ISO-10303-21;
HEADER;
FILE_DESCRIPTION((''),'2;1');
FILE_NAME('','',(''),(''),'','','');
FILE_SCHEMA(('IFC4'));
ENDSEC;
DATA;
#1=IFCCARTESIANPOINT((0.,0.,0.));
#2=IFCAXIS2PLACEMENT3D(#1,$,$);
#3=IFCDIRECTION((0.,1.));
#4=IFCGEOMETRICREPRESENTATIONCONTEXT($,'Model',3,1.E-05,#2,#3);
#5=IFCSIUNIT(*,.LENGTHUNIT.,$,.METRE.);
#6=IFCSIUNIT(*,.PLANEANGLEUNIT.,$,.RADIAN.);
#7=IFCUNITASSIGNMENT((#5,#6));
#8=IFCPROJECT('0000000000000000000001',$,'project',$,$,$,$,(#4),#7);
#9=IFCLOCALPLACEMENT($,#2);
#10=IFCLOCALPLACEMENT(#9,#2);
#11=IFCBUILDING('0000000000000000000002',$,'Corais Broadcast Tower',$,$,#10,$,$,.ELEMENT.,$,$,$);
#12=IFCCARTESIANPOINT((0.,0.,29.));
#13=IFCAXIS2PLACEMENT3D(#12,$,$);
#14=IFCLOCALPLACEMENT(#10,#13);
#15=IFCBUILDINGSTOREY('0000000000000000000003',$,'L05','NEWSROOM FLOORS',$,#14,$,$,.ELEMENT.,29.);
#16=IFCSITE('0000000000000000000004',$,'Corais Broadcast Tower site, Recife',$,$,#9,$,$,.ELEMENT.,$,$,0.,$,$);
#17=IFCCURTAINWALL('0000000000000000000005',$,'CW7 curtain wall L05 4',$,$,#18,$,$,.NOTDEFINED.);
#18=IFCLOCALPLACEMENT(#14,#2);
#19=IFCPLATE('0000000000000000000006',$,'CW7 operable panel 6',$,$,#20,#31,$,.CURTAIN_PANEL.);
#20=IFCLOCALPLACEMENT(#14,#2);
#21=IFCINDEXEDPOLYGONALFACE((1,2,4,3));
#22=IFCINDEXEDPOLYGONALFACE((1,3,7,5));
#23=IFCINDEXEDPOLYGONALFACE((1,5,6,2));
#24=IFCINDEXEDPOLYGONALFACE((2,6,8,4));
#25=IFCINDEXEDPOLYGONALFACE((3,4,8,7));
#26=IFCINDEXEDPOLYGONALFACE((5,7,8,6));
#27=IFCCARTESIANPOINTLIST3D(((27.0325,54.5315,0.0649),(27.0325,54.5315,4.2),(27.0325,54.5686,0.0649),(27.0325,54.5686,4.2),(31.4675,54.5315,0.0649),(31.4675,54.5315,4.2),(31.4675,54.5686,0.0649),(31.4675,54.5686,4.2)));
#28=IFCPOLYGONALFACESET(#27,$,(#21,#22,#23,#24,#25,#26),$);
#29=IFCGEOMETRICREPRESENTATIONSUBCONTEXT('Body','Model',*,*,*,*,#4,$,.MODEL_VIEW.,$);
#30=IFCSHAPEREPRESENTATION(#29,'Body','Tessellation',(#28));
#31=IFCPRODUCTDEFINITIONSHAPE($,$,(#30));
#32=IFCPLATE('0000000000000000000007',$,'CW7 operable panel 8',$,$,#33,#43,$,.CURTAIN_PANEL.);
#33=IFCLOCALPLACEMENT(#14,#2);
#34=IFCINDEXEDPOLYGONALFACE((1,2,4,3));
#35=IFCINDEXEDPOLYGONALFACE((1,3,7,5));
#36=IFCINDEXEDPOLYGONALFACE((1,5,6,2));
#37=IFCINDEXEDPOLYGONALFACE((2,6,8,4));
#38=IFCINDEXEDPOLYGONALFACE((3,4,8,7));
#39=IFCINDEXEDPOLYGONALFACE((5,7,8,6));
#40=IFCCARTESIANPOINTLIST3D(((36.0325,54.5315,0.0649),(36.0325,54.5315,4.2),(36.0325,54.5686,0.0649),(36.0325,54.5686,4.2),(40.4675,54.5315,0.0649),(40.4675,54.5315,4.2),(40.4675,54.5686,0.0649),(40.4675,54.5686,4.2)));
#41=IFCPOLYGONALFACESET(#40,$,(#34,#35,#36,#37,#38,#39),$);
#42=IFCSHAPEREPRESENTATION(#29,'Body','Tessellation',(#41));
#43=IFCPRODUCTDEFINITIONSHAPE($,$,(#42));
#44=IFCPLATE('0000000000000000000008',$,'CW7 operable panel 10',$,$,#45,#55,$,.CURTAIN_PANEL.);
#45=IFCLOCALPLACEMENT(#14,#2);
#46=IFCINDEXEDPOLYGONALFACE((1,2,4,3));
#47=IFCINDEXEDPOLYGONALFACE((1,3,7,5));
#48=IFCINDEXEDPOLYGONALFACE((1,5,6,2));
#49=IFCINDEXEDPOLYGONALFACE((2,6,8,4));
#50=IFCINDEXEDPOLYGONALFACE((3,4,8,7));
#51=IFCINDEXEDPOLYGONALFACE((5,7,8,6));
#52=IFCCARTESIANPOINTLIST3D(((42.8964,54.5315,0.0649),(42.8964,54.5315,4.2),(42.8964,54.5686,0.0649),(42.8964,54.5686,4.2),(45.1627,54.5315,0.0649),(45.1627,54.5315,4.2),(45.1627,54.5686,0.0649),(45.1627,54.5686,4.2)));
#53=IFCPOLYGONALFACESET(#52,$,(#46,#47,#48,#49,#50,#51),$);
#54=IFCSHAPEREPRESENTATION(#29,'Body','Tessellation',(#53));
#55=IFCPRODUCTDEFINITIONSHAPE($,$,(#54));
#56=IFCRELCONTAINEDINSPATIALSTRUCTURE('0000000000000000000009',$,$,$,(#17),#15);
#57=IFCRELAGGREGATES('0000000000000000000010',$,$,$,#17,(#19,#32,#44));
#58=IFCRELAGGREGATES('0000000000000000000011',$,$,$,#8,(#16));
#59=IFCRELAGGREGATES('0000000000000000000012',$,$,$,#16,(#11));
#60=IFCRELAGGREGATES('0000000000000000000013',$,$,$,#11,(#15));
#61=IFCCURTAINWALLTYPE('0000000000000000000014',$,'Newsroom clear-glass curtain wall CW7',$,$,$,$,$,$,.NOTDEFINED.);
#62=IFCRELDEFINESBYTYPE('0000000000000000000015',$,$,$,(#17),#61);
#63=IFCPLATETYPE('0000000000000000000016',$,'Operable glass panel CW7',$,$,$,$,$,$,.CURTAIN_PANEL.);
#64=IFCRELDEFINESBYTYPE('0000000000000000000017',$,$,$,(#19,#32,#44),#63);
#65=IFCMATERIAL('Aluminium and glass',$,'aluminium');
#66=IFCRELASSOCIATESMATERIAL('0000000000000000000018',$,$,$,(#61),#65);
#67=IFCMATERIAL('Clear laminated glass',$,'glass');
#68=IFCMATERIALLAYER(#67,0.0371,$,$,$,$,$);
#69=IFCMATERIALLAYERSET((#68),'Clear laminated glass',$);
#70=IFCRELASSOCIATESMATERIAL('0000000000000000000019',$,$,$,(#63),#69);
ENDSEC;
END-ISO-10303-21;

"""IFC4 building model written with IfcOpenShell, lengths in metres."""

from ifc_helpers import new_model, si_unit, direction, frame, origin, origin_2d, place, context, subcontext, project, spatial, rectangle, extrude, material, layer, layer_set, type_object, element, aggregate, save


model = new_model("IFC4")

# Units and contexts
model_context = context("Model", 3, precision=1e-05, world=origin(), true_north=direction((0.0, 1.0)))
body_context = subcontext(model_context, "Body", "Model", "MODEL_VIEW")
ifc_project = project(units=[si_unit("LENGTHUNIT", "METRE"), si_unit("PLANEANGLEUNIT", "RADIAN")], contexts=[model_context])

# Site, building, storey
site_placement = place(None, origin())
site = spatial("IfcSite", under=ifc_project, at=site_placement, Name="Corais Broadcast Tower site, Recife", CompositionType="ELEMENT", RefElevation=0.0)
building_placement = place(site_placement, origin())
building = spatial("IfcBuilding", under=site, at=building_placement, Name="Corais Broadcast Tower", CompositionType="ELEMENT")
storey_placement = place(building_placement, frame((0.0, 0.0, 29.0)))
storey = spatial("IfcBuildingStorey", under=building, at=storey_placement, Name="L05", Description="NEWSROOM FLOORS", CompositionType="ELEMENT", Elevation=29.0)

# Curtain wall
ifc_material_1 = material(Name="Aluminium and glass", Category="aluminium")
curtain_wall_type = type_object("IfcCurtainWallType", Name="Newsroom clear-glass curtain wall CW7", PredefinedType="NOTDEFINED", material=ifc_material_1)
curtain_wall_placement = place(storey_placement, origin())
curtain_wall = element("IfcCurtainWall", 1, at=curtain_wall_placement, inside=storey, type_object=curtain_wall_type, Name="CW7 curtain wall L05 4", PredefinedType="NOTDEFINED")

# Plates
ifc_material_2 = material(Name="Clear laminated glass", Category="glass")
ifc_layer_1 = layer(ifc_material_2, 0.0371)
ifc_layer_set_1 = layer_set([ifc_layer_1], Name="Clear laminated glass")
plate_type_1 = type_object("IfcPlateType", Name="Operable glass panel CW7", PredefinedType="CURTAIN_PANEL", material=ifc_layer_set_1)
plate_1_placement = place(storey_placement, frame((29.25, 54.55, 0.0649), z_axis=(0.0, 0.0, 1.0), x_axis=(1.0, 0.0, 0.0)))
plate_1 = element("IfcPlate", 2, at=plate_1_placement, type_object=plate_type_1, Name="CW7 operable panel 6", PredefinedType="CURTAIN_PANEL", context=body_context, shape_type="SweptSolid", body=[
    extrude(rectangle(XDim=4.4351, YDim=0.0371, at=origin_2d()), origin(), (0.0, 0.0, 1.0), 4.135),
])
plate_2_placement = place(storey_placement, frame((38.25, 54.55, 0.0649), z_axis=(0.0, 0.0, 1.0), x_axis=(1.0, 0.0, 0.0)))
plate_2 = element("IfcPlate", 3, at=plate_2_placement, type_object=plate_type_1, Name="CW7 operable panel 8", PredefinedType="CURTAIN_PANEL", context=body_context, shape_type="SweptSolid", body=[
    extrude(rectangle(XDim=4.4351, YDim=0.0371, at=origin_2d()), origin(), (0.0, 0.0, 1.0), 4.135),
])
plate_3_placement = place(storey_placement, frame((44.0295, 54.55, 0.0649), z_axis=(0.0, 0.0, 1.0), x_axis=(1.0, 0.0, 0.0)))
plate_3 = element("IfcPlate", 4, at=plate_3_placement, type_object=plate_type_1, Name="CW7 operable panel 10", PredefinedType="CURTAIN_PANEL", context=body_context, shape_type="SweptSolid", body=[
    extrude(rectangle(XDim=2.2664, YDim=0.0371, at=origin_2d()), origin(), (0.0, 0.0, 1.0), 4.135),
])
aggregate(curtain_wall, [plate_1, plate_2, plate_3])

save(model, "model.ifc")
